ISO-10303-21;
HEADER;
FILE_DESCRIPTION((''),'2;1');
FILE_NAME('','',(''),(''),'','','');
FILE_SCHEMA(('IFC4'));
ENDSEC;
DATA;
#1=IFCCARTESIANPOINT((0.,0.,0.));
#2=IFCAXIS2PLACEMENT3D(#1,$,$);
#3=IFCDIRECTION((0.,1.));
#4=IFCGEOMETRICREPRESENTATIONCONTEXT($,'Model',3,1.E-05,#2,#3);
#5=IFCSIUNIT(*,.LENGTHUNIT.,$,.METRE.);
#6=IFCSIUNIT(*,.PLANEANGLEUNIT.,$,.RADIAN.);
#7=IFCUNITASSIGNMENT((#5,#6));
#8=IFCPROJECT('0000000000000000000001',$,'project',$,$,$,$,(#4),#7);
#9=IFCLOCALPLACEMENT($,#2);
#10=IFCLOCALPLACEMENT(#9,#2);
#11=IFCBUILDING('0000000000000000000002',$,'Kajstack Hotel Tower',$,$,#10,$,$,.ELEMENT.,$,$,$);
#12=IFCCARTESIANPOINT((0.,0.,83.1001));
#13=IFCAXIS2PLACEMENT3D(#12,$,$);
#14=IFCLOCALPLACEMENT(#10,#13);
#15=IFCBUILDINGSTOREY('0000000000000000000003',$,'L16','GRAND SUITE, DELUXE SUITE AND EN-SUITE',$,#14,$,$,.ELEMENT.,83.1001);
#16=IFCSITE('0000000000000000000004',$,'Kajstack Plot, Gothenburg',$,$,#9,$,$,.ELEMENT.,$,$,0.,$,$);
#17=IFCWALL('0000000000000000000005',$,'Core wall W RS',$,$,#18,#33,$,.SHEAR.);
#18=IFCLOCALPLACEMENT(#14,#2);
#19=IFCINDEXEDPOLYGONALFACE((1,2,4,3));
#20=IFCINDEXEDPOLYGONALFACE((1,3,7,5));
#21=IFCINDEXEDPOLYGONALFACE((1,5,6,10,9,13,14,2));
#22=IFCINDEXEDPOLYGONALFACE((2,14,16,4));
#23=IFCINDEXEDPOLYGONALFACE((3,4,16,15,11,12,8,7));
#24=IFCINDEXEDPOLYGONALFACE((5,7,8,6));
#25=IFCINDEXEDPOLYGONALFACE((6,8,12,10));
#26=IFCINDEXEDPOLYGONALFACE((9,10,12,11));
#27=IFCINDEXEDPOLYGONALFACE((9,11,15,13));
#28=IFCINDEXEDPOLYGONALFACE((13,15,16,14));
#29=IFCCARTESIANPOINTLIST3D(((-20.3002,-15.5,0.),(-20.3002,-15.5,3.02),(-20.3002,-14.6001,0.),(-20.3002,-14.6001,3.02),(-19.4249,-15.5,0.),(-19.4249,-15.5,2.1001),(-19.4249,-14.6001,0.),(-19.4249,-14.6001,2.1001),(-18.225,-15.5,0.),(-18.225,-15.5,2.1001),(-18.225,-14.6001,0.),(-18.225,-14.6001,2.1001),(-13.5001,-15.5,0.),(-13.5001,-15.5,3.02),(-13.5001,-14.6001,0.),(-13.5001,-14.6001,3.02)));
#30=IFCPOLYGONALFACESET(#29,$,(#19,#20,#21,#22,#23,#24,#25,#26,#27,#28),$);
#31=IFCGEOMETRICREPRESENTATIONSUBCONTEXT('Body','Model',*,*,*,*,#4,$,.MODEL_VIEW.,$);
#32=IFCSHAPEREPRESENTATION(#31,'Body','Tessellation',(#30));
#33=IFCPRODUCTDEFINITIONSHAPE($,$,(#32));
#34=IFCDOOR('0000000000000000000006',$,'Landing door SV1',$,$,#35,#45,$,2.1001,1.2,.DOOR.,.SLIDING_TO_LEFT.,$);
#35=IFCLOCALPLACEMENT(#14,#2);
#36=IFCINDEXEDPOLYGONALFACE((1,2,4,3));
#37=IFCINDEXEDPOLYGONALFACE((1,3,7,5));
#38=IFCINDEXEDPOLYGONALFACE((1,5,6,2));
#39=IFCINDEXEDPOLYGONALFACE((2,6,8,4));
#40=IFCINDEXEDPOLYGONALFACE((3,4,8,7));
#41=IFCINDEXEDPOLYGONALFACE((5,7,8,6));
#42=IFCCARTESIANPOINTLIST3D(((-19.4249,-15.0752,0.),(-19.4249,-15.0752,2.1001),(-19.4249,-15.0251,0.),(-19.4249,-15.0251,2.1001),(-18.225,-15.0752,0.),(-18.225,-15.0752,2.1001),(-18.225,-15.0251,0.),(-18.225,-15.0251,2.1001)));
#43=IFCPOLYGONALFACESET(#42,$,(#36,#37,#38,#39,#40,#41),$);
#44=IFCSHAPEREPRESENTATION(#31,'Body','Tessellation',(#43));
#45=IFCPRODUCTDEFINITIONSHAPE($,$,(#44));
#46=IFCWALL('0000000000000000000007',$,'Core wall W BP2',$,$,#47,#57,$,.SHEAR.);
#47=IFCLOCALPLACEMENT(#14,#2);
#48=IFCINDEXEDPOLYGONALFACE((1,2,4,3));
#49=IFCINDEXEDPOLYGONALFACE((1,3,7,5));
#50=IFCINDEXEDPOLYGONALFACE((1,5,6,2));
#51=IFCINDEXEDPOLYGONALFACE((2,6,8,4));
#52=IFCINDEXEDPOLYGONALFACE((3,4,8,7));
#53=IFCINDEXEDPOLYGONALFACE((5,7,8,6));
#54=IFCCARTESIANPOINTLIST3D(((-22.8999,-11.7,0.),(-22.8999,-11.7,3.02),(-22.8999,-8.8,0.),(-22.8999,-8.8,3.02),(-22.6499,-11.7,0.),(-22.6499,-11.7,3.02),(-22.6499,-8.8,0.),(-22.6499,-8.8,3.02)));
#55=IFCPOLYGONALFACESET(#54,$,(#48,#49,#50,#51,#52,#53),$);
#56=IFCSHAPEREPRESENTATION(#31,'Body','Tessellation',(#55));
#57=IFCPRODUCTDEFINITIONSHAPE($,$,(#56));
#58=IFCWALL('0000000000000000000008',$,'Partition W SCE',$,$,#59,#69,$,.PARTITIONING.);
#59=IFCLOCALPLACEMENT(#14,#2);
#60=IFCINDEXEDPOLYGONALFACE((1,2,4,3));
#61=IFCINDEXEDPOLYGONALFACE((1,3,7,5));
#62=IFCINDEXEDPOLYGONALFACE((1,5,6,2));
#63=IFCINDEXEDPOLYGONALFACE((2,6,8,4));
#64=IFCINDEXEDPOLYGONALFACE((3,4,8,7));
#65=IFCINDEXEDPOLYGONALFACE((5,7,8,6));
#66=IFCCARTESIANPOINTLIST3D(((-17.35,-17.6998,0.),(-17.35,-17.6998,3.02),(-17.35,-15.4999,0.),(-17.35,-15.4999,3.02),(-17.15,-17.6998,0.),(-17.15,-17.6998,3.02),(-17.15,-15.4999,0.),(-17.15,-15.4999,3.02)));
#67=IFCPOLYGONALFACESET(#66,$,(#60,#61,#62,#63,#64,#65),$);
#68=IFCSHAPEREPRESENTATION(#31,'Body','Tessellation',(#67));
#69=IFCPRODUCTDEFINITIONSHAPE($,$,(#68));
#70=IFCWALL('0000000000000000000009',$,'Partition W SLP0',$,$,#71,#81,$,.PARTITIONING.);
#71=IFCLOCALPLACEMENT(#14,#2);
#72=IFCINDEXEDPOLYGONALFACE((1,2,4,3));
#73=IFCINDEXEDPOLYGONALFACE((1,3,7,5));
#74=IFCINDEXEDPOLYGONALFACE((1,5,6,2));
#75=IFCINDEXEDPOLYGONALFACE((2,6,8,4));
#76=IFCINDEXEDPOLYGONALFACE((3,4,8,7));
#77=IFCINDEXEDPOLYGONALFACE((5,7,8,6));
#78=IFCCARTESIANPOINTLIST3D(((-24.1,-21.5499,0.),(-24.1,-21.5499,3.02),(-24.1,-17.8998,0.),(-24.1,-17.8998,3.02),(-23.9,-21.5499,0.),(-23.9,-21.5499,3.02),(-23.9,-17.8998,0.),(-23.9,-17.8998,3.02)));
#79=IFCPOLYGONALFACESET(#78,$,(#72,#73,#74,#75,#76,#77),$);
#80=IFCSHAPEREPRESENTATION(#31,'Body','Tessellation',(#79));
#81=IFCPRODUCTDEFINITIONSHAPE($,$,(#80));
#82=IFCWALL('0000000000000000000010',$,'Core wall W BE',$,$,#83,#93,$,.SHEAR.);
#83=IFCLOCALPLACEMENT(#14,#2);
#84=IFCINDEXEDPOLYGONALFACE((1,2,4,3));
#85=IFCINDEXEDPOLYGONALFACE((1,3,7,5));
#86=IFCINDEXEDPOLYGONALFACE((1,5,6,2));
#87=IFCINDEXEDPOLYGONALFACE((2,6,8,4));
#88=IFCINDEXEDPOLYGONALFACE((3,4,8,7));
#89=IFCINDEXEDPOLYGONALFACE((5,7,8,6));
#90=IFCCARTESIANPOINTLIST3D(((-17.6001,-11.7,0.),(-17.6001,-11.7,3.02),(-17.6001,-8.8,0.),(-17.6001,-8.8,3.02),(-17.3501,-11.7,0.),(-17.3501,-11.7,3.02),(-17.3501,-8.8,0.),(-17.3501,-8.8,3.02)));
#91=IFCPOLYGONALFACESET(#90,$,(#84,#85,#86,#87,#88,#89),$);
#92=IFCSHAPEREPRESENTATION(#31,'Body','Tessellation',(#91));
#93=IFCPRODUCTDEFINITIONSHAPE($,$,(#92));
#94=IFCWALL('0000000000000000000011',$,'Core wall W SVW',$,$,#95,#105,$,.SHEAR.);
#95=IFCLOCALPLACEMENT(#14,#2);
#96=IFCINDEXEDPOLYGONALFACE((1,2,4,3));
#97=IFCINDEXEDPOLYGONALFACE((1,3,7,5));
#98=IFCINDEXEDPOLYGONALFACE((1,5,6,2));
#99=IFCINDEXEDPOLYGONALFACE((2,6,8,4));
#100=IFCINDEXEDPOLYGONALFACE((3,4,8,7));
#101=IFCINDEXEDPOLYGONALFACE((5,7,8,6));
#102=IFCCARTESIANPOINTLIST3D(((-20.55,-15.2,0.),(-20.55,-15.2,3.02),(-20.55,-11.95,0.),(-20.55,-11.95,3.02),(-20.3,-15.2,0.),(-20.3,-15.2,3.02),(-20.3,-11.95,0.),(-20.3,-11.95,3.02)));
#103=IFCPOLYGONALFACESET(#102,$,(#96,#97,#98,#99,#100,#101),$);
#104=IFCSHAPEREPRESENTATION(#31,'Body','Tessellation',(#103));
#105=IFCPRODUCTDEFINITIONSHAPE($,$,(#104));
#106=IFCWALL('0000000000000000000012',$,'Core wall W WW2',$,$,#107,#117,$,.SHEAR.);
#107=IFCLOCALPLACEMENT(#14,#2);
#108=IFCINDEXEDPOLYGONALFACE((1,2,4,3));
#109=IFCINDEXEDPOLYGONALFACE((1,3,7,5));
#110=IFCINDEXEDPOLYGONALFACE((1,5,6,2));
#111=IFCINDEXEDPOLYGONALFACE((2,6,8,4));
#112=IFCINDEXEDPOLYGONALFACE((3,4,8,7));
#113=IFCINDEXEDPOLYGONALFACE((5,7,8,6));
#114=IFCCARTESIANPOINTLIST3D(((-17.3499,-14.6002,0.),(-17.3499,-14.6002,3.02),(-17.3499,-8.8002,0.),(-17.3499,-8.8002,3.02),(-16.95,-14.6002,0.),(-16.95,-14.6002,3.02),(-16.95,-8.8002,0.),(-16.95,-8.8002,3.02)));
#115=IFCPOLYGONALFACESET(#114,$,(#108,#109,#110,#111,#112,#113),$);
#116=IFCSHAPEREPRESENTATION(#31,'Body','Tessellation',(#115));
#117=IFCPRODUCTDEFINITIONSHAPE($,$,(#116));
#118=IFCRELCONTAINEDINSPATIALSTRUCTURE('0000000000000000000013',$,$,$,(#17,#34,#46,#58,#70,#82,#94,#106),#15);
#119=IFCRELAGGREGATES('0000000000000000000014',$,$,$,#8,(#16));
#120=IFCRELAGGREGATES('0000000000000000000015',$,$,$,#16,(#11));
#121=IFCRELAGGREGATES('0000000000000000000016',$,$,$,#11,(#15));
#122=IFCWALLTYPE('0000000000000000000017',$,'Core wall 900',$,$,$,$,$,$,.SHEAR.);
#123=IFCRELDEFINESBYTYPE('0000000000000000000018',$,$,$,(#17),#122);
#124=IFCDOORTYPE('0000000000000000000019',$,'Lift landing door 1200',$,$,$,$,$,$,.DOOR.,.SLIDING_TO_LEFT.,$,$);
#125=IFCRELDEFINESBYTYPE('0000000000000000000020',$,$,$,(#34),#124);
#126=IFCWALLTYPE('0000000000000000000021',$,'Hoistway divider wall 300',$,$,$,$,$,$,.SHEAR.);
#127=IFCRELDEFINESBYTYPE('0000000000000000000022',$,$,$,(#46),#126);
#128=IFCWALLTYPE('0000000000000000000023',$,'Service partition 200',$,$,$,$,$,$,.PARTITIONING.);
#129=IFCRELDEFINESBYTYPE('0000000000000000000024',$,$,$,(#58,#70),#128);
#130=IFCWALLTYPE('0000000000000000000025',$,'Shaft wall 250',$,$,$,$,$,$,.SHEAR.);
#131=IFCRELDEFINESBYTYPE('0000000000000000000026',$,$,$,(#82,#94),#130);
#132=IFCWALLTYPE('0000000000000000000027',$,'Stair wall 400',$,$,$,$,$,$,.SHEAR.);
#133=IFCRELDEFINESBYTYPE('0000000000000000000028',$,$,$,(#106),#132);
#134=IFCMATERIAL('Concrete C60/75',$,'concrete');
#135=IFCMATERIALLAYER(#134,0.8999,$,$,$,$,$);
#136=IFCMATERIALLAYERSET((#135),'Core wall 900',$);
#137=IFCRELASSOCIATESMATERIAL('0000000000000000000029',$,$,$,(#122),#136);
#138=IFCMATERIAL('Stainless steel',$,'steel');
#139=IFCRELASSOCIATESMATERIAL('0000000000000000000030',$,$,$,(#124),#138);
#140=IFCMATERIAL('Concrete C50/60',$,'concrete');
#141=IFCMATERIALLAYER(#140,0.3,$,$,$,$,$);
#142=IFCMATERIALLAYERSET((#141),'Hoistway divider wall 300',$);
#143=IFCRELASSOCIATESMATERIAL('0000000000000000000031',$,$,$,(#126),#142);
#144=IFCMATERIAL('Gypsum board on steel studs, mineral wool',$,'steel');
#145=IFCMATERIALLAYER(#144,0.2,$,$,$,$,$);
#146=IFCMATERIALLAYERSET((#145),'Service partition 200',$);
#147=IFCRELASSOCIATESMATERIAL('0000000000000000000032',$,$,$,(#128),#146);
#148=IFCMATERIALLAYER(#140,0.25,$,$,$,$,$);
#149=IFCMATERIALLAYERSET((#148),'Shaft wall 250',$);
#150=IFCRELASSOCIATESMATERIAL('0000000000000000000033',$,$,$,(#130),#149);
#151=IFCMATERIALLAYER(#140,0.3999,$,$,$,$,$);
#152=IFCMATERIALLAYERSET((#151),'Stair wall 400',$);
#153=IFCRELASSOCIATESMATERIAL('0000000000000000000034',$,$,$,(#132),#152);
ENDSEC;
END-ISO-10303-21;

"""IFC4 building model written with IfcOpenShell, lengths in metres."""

from ifc_helpers import new_model, si_unit, direction, frame, frame_2d, origin, place, context, subcontext, project, spatial, rectangle, extrude, material, layer, layer_set, type_object, element, fill, save


model = new_model("IFC4")

# Units and contexts
model_context = context("Model", 3, precision=1e-05, world=origin(), true_north=direction((0.0, 1.0)))
body_context = subcontext(model_context, "Body", "Model", "MODEL_VIEW")
ifc_project = project(units=[si_unit("LENGTHUNIT", "METRE"), si_unit("PLANEANGLEUNIT", "RADIAN")], contexts=[model_context])

# Site, building, storey
site_placement = place(None, origin())
site = spatial("IfcSite", under=ifc_project, at=site_placement, Name="Kajstack Plot, Gothenburg", CompositionType="ELEMENT", RefElevation=0.0)
building_placement = place(site_placement, origin())
building = spatial("IfcBuilding", under=site, at=building_placement, Name="Kajstack Hotel Tower", CompositionType="ELEMENT")
storey_placement = place(building_placement, frame((0.0, 0.0, 83.1001)))
storey = spatial("IfcBuildingStorey", under=building, at=storey_placement, Name="L16", Description="GRAND SUITE, DELUXE SUITE AND EN-SUITE", CompositionType="ELEMENT", Elevation=83.1001)

# Wall, opening, door
ifc_material_1 = material(Name="Concrete C60/75", Category="concrete")
ifc_layer_1 = layer(ifc_material_1, 0.8999)
ifc_layer_set_1 = layer_set([ifc_layer_1], Name="Core wall 900")
wall_type_1 = type_object("IfcWallType", Name="Core wall 900", PredefinedType="SHEAR", material=ifc_layer_set_1)
wall_1_placement = place(storey_placement, frame((-20.3, -15.05, 0.0), z_axis=(0.0, 0.0, 1.0), x_axis=(1.0, 0.0, 0.0)))
wall_1 = element("IfcWall", 1, at=wall_1_placement, inside=storey, type_object=wall_type_1, Name="Core wall W RS", PredefinedType="SHEAR", context=body_context, shape_type="SweptSolid", body=[
    extrude(rectangle(XDim=6.8, YDim=0.8999, at=frame_2d((3.3999, 0.0))), origin(), (0.0, 0.0, 1.0), 3.02),
])
opening_placement = place(wall_1_placement, frame((0.875, 0.0, 0.0)))
opening = element("IfcOpeningElement", 2, at=opening_placement, cuts=wall_1, PredefinedType="OPENING", context=body_context, shape_type="SweptSolid", body=[
    extrude(rectangle(XDim=1.2, YDim=2.1001, at=frame_2d((0.6001, 1.05))), frame((0.0, 0.46, 0.0), z_axis=(0.0, -1.0, 0.0), x_axis=(1.0, 0.0, 0.0)), (0.0, 0.0, 1.0), 0.9199),
])
ifc_material_2 = material(Name="Stainless steel", Category="steel")
door_type = type_object("IfcDoorType", Name="Lift landing door 1200", OperationType="SLIDING_TO_LEFT", PredefinedType="DOOR", material=ifc_material_2)
door_placement = place(opening_placement, origin())
door = element("IfcDoor", 3, at=door_placement, inside=storey, type_object=door_type, Name="Landing door SV1", OperationType="SLIDING_TO_LEFT", OverallHeight=2.1001, OverallWidth=1.2, PredefinedType="DOOR", context=body_context, shape_type="SweptSolid", body=[
    extrude(rectangle(XDim=1.2, YDim=2.1001, at=frame_2d((0.6001, 1.05))), frame((0.0, 0.0249, 0.0), z_axis=(0.0, -1.0, 0.0), x_axis=(1.0, 0.0, 0.0)), (0.0, 0.0, 1.0), 0.05),
])
fill(opening, door)

# Walls
ifc_material_3 = material(Name="Concrete C50/60", Category="concrete")
ifc_layer_2 = layer(ifc_material_3, 0.3)
ifc_layer_set_2 = layer_set([ifc_layer_2], Name="Hoistway divider wall 300")
wall_type_2 = type_object("IfcWallType", Name="Hoistway divider wall 300", PredefinedType="SHEAR", material=ifc_layer_set_2)
wall_2_placement = place(storey_placement, frame((-22.7749, -11.7, 0.0), z_axis=(0.0, 0.0, 1.0), x_axis=(0.0, 1.0, 0.0)))
element("IfcWall", 4, at=wall_2_placement, inside=storey, type_object=wall_type_2, Name="Core wall W BP2", PredefinedType="SHEAR", context=body_context, shape_type="SweptSolid", body=[
    extrude(rectangle(XDim=2.8999, YDim=0.25, at=frame_2d((1.45, 0.0))), origin(), (0.0, 0.0, 1.0), 3.02),
])
ifc_material_4 = material(Name="Gypsum board on steel studs, mineral wool", Category="steel")
ifc_layer_3 = layer(ifc_material_4, 0.2)
ifc_layer_set_3 = layer_set([ifc_layer_3], Name="Service partition 200")
wall_type_3 = type_object("IfcWallType", Name="Service partition 200", PredefinedType="PARTITIONING", material=ifc_layer_set_3)
wall_3_placement = place(storey_placement, frame((-17.25, -17.7, 0.0), z_axis=(0.0, 0.0, 1.0), x_axis=(0.0, 1.0, 0.0)))
element("IfcWall", 5, at=wall_3_placement, inside=storey, type_object=wall_type_3, Name="Partition W SCE", PredefinedType="PARTITIONING", context=body_context, shape_type="SweptSolid", body=[
    extrude(rectangle(XDim=2.2, YDim=0.2, at=frame_2d((1.1001, 0.0))), origin(), (0.0, 0.0, 1.0), 3.02),
])
wall_4_placement = place(storey_placement, frame((-24.0, -21.55, 0.0), z_axis=(0.0, 0.0, 1.0), x_axis=(0.0, 1.0, 0.0)))
element("IfcWall", 6, at=wall_4_placement, inside=storey, type_object=wall_type_3, Name="Partition W SLP0", PredefinedType="PARTITIONING", context=body_context, shape_type="SweptSolid", body=[
    extrude(rectangle(XDim=3.6501, YDim=0.2, at=frame_2d((1.8252, 0.0))), origin(), (0.0, 0.0, 1.0), 3.02),
])
ifc_layer_4 = layer(ifc_material_3, 0.25)
ifc_layer_set_4 = layer_set([ifc_layer_4], Name="Shaft wall 250")
wall_type_4 = type_object("IfcWallType", Name="Shaft wall 250", PredefinedType="SHEAR", material=ifc_layer_set_4)
wall_5_placement = place(storey_placement, frame((-17.4751, -11.7, 0.0), z_axis=(0.0, 0.0, 1.0), x_axis=(0.0, 1.0, 0.0)))
element("IfcWall", 7, at=wall_5_placement, inside=storey, type_object=wall_type_4, Name="Core wall W BE", PredefinedType="SHEAR", context=body_context, shape_type="SweptSolid", body=[
    extrude(rectangle(XDim=2.8999, YDim=0.25, at=frame_2d((1.45, 0.0))), origin(), (0.0, 0.0, 1.0), 3.02),
])
wall_6_placement = place(storey_placement, frame((-20.425, -15.2, 0.0), z_axis=(0.0, 0.0, 1.0), x_axis=(0.0, 1.0, 0.0)))
element("IfcWall", 8, at=wall_6_placement, inside=storey, type_object=wall_type_4, Name="Core wall W SVW", PredefinedType="SHEAR", context=body_context, shape_type="SweptSolid", body=[
    extrude(rectangle(XDim=3.25, YDim=0.25, at=frame_2d((1.625, 0.0))), origin(), (0.0, 0.0, 1.0), 3.02),
])
ifc_layer_5 = layer(ifc_material_3, 0.3999)
ifc_layer_set_5 = layer_set([ifc_layer_5], Name="Stair wall 400")
wall_type_5 = type_object("IfcWallType", Name="Stair wall 400", PredefinedType="SHEAR", material=ifc_layer_set_5)
wall_7_placement = place(storey_placement, frame((-17.1499, -14.6001, 0.0), z_axis=(0.0, 0.0, 1.0), x_axis=(0.0, 1.0, 0.0)))
element("IfcWall", 9, at=wall_7_placement, inside=storey, type_object=wall_type_5, Name="Core wall W WW2", PredefinedType="SHEAR", context=body_context, shape_type="SweptSolid", body=[
    extrude(rectangle(XDim=5.8, YDim=0.3999, at=frame_2d((2.8999, 0.0))), origin(), (0.0, 0.0, 1.0), 3.02),
])

save(model, "model.ifc")
